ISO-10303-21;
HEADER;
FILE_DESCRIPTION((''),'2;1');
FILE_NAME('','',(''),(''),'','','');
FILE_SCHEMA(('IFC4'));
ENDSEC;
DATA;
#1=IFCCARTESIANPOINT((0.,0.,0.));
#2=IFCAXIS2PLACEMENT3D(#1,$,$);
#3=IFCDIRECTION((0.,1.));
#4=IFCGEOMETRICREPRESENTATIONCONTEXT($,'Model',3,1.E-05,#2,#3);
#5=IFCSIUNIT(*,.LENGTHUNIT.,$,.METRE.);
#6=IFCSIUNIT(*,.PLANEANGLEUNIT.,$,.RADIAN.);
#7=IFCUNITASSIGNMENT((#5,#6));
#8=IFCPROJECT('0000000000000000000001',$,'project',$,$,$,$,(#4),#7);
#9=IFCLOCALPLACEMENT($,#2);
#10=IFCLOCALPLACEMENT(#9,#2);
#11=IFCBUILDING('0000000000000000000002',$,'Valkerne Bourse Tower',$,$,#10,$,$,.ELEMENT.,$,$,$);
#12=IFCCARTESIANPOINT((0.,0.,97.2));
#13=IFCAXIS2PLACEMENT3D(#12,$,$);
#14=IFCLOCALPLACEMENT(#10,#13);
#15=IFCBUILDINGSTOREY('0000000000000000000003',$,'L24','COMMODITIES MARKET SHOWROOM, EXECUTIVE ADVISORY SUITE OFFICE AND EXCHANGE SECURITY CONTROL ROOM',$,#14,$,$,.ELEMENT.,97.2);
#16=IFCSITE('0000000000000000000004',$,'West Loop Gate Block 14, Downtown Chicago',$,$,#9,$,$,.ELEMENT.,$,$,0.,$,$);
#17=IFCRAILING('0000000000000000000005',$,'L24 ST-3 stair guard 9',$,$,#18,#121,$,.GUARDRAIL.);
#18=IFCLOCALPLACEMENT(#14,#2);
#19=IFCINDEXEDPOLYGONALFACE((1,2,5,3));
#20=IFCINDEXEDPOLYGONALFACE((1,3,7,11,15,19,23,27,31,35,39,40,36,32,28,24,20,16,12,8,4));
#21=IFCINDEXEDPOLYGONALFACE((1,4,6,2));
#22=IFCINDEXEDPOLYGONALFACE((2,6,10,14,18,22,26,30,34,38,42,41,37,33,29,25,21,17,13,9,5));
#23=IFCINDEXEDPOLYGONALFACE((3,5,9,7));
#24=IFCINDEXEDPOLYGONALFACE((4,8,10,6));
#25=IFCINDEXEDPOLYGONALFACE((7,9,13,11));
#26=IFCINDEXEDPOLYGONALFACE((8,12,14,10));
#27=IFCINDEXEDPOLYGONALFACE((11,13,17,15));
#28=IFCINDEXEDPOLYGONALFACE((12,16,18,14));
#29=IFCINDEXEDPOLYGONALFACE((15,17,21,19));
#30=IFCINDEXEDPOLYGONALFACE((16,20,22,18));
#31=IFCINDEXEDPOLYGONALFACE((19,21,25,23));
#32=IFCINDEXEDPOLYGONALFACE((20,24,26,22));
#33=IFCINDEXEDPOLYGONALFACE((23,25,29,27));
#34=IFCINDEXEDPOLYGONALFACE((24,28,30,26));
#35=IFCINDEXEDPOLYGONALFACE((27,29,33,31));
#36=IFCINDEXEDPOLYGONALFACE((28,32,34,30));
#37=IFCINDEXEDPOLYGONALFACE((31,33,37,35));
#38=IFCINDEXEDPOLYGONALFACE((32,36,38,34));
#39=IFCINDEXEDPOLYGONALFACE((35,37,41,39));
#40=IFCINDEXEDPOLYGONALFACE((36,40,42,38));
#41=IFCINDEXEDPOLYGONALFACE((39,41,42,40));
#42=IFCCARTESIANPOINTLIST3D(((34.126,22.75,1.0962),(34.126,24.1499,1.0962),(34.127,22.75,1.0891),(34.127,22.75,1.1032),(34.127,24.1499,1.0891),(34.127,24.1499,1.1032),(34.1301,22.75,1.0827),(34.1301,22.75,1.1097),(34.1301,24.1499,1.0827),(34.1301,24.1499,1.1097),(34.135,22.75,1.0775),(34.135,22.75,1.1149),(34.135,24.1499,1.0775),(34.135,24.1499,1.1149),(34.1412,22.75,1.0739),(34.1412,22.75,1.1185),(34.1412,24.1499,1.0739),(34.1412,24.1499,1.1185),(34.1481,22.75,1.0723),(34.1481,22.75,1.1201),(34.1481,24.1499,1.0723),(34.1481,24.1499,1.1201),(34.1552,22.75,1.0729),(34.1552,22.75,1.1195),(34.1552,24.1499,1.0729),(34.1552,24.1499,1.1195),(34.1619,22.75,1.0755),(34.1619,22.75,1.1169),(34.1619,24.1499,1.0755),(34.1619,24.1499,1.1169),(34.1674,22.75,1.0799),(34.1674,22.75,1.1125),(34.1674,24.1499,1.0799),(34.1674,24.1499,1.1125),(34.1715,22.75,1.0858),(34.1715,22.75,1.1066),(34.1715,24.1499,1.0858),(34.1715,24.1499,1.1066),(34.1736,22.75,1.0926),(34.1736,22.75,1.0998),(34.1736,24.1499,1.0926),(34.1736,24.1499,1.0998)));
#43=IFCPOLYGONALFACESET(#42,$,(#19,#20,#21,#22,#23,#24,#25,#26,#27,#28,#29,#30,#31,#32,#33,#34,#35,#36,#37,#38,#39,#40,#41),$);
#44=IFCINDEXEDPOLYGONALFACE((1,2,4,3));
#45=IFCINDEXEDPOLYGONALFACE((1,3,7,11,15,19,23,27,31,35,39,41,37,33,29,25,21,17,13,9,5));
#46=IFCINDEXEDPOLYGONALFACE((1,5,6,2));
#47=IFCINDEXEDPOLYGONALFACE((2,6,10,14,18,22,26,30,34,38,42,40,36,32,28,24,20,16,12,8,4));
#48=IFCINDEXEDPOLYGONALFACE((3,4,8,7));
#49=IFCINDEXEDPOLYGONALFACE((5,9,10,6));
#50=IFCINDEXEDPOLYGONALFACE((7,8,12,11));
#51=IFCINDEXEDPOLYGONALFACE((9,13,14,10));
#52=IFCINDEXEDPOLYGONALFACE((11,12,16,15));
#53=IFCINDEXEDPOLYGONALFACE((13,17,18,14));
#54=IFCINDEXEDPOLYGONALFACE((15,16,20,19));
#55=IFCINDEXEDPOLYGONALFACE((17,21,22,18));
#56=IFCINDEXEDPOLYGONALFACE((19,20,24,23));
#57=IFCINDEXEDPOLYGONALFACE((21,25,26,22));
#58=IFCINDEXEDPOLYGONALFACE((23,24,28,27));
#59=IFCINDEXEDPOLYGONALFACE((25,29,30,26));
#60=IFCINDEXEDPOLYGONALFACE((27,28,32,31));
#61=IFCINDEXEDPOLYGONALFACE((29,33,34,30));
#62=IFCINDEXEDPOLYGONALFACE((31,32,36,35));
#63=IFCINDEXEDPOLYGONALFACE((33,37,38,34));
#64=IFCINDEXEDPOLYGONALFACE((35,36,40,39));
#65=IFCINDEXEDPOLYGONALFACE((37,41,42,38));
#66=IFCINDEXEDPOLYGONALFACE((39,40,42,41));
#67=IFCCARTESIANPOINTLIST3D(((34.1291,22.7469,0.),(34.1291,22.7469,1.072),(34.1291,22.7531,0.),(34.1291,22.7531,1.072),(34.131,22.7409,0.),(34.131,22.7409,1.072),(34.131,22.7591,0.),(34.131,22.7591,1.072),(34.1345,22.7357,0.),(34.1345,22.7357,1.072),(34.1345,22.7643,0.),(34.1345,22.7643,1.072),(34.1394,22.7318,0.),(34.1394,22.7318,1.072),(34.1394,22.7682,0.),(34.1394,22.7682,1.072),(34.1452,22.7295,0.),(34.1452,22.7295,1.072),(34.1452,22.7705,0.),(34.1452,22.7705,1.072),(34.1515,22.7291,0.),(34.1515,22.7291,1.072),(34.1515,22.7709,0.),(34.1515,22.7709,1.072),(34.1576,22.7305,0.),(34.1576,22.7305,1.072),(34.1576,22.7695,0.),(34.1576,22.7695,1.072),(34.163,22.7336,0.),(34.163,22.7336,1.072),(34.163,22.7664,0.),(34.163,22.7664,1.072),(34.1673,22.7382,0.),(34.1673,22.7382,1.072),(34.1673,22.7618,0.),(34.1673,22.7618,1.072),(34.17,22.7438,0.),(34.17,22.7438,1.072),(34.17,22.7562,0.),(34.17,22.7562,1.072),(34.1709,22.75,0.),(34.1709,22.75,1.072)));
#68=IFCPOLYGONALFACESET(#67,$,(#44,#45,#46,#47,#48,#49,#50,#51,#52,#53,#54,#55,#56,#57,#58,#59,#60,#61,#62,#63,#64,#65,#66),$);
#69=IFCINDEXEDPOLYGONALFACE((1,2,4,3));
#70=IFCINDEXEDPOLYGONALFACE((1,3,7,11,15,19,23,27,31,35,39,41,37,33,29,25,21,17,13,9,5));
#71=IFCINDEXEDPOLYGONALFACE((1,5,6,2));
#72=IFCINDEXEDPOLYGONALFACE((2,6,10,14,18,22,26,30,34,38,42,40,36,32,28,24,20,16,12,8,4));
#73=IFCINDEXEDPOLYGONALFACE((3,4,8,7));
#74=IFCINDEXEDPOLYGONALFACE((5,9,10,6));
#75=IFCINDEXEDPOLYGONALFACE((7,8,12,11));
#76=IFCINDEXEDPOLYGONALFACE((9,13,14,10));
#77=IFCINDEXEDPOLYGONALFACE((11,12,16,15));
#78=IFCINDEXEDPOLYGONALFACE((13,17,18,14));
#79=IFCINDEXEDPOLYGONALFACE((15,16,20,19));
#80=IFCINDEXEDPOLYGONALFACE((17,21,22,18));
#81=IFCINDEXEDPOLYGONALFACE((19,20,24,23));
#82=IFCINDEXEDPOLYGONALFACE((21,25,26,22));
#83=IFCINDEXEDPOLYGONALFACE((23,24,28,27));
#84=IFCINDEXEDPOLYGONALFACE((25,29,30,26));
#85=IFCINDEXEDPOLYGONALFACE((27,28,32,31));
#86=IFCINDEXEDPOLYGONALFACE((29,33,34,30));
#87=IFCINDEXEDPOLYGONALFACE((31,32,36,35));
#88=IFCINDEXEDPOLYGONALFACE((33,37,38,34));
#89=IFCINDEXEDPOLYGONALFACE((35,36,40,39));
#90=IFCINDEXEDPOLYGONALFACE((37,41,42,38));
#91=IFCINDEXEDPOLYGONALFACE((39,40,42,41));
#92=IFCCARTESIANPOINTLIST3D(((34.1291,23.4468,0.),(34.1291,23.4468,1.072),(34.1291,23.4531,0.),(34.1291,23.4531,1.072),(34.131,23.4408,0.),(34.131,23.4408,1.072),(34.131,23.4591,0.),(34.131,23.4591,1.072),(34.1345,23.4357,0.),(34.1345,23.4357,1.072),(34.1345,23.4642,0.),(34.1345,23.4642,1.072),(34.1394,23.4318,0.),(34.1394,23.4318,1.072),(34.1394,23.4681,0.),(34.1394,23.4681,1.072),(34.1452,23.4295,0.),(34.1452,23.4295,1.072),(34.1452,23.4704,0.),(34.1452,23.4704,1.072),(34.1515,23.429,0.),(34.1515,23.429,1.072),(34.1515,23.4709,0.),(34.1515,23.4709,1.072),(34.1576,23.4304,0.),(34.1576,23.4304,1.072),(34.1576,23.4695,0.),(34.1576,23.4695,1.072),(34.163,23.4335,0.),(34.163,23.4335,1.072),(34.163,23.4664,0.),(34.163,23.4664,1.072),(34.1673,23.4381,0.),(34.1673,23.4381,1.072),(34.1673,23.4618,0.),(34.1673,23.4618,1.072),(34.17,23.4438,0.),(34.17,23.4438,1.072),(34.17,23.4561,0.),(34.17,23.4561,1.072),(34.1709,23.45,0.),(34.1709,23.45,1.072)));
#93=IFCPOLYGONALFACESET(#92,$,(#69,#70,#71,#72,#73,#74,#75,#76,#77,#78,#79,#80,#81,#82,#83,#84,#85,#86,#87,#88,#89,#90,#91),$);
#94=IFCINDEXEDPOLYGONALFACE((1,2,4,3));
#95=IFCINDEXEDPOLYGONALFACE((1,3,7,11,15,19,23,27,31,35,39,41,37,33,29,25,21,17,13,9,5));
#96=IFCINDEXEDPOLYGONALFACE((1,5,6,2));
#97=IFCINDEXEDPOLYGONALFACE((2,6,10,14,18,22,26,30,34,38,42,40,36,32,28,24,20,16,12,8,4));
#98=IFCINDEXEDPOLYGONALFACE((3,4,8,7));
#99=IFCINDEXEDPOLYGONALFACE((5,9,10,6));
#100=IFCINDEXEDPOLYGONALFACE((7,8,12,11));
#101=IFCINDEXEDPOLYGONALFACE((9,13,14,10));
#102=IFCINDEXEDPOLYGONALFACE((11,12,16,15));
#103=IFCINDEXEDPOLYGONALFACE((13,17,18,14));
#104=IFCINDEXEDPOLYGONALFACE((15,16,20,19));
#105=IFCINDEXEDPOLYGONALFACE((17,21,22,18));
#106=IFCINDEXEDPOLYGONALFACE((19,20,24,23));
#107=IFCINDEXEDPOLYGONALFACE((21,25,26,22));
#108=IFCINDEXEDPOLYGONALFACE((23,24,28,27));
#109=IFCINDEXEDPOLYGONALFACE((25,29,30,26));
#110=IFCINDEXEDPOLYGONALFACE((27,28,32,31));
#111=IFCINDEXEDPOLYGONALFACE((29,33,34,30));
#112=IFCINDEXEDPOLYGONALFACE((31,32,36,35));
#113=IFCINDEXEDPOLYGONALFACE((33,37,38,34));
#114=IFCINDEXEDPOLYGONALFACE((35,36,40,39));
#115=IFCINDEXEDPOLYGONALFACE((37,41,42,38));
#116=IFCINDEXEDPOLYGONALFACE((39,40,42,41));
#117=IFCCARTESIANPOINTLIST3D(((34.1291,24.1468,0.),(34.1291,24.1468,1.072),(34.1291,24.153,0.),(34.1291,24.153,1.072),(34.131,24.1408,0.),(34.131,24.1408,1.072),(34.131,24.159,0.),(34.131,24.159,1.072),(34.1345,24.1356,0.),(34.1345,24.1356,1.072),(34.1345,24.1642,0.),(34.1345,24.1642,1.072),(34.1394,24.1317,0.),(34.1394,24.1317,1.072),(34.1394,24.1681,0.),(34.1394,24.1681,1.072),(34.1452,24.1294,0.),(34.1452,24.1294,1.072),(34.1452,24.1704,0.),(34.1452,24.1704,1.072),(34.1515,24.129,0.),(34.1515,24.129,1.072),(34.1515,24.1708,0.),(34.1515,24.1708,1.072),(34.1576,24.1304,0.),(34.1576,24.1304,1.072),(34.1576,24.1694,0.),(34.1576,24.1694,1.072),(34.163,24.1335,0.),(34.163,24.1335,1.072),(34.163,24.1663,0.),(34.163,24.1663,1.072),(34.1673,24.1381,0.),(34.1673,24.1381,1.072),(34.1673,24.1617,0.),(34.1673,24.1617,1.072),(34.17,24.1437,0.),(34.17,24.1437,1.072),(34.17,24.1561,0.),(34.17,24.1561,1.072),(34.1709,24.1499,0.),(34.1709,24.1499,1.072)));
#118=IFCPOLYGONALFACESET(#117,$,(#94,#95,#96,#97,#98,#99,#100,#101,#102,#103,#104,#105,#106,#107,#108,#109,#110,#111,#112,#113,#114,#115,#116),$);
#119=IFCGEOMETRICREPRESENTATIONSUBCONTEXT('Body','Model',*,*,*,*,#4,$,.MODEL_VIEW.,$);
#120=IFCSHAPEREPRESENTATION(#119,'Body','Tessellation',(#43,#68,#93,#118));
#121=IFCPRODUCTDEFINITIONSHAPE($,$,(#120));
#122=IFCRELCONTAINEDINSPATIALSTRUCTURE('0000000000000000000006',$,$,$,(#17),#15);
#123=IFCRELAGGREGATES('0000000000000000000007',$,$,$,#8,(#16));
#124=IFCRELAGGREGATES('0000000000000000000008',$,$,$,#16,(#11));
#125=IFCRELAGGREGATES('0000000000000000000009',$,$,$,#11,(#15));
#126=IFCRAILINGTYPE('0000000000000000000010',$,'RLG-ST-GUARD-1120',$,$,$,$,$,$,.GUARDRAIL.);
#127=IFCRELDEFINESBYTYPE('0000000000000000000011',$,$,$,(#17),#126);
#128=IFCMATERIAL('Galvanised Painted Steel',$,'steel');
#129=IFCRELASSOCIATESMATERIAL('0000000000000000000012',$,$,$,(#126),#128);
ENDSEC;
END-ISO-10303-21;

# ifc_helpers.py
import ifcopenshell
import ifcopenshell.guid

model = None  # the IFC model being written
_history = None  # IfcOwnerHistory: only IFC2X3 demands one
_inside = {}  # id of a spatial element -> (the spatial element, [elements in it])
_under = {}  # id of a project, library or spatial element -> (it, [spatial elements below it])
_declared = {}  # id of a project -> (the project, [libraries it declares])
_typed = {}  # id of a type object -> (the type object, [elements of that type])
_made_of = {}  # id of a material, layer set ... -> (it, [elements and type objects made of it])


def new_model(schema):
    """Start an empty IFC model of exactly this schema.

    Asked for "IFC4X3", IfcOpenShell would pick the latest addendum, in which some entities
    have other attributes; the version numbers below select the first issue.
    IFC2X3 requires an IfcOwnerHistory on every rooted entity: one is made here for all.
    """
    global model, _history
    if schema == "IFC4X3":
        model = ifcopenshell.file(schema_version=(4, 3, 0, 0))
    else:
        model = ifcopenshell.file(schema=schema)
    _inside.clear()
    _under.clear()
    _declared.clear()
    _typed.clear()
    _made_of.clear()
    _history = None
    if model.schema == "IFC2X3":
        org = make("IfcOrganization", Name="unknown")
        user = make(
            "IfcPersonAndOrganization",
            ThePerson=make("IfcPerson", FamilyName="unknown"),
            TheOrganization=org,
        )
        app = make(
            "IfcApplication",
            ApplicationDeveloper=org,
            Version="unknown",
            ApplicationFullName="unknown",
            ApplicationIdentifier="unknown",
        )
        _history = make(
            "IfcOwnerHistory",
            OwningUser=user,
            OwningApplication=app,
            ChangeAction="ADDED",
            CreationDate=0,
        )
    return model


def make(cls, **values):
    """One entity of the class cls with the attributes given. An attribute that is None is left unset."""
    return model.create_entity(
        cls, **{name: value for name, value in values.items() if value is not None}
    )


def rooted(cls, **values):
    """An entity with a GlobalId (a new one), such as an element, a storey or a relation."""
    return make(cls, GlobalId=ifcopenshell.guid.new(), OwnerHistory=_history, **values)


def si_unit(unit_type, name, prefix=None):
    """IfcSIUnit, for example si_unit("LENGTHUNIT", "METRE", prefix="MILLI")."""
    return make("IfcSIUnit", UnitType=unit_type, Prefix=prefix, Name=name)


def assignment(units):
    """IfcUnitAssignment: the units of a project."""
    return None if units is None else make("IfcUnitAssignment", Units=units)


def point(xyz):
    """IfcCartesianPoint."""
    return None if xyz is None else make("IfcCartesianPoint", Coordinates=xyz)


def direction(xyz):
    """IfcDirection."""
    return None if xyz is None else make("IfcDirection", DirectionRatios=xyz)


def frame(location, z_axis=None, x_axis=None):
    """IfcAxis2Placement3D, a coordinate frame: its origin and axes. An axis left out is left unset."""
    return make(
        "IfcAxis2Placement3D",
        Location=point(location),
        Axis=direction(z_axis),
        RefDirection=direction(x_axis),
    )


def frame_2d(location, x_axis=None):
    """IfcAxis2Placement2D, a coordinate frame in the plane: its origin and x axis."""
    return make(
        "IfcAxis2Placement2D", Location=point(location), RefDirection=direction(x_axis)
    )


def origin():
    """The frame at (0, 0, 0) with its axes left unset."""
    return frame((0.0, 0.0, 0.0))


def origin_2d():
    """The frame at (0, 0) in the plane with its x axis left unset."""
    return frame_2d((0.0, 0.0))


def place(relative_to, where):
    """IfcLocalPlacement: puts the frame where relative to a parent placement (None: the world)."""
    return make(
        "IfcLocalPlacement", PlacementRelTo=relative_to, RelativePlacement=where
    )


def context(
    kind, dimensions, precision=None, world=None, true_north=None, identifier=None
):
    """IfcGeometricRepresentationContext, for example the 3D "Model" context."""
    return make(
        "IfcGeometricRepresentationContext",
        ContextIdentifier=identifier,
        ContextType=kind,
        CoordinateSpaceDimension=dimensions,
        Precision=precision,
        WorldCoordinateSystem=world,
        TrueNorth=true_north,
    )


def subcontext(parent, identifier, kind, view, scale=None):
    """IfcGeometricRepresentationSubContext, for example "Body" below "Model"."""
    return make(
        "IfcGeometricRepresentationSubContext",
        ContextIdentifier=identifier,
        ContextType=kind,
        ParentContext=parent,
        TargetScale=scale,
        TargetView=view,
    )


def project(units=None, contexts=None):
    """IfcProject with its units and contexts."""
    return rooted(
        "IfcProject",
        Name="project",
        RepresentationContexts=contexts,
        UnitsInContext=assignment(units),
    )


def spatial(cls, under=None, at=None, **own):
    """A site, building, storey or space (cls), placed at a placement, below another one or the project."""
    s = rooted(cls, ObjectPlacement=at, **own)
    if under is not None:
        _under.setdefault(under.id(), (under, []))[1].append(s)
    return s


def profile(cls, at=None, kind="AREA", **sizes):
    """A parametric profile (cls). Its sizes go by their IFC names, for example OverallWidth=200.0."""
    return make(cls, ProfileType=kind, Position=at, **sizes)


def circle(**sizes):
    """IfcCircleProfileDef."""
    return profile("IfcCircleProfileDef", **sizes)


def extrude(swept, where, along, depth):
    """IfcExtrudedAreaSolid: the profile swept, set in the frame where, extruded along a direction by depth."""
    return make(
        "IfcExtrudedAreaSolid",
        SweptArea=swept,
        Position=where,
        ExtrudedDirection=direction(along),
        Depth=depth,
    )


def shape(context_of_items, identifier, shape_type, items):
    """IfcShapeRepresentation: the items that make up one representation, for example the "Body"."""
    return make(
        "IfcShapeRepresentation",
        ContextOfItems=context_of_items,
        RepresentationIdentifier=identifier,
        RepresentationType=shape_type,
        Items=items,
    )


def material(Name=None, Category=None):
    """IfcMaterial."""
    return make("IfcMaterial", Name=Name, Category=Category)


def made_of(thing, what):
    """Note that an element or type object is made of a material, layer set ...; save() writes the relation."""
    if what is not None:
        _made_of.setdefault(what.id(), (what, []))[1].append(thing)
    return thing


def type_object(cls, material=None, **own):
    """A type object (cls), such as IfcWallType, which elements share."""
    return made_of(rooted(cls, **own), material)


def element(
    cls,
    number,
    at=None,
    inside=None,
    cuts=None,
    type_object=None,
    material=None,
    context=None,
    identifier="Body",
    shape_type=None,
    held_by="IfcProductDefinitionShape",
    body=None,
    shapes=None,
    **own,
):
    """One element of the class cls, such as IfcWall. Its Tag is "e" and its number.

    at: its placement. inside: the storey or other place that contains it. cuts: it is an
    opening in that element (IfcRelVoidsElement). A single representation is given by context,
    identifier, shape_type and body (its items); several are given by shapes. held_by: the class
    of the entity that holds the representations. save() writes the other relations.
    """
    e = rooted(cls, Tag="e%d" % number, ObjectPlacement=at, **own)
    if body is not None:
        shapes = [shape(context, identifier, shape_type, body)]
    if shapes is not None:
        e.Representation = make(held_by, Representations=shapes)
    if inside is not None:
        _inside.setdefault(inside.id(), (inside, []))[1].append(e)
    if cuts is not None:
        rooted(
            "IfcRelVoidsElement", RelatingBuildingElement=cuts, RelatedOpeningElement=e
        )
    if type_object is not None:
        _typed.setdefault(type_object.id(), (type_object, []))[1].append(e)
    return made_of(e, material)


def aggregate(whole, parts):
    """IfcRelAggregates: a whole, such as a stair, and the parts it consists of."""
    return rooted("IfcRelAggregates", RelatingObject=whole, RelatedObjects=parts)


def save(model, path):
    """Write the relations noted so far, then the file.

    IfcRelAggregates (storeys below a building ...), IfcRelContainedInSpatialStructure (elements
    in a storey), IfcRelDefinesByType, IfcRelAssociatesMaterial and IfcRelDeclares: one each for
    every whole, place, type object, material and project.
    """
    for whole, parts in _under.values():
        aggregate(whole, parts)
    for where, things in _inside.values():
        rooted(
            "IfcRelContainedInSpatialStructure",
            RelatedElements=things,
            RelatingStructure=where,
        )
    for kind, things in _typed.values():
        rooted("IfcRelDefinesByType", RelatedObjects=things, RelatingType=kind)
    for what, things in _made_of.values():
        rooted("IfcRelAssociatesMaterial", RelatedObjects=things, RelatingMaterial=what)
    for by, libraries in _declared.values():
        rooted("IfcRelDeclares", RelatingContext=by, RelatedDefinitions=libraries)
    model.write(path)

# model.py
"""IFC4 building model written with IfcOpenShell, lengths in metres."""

from ifc_helpers import new_model, si_unit, direction, frame, origin, origin_2d, place, context, subcontext, project, spatial, circle, extrude, material, type_object, element, save


model = new_model("IFC4")

# Units and contexts
model_context = context("Model", 3, precision=1e-05, world=origin(), true_north=direction((0.0, 1.0)))
body_context = subcontext(model_context, "Body", "Model", "MODEL_VIEW")
ifc_project = project(units=[si_unit("LENGTHUNIT", "METRE"), si_unit("PLANEANGLEUNIT", "RADIAN")], contexts=[model_context])

# Site, building, storey
site_placement = place(None, origin())
site = spatial("IfcSite", under=ifc_project, at=site_placement, Name="West Loop Gate Block 14, Downtown Chicago", CompositionType="ELEMENT", RefElevation=0.0)
building_placement = place(site_placement, origin())
building = spatial("IfcBuilding", under=site, at=building_placement, Name="Valkerne Bourse Tower", CompositionType="ELEMENT")
storey_placement = place(building_placement, frame((0.0, 0.0, 97.2)))
storey = spatial("IfcBuildingStorey", under=building, at=storey_placement, Name="L24", Description="COMMODITIES MARKET SHOWROOM, EXECUTIVE ADVISORY SUITE OFFICE AND EXCHANGE SECURITY CONTROL ROOM", CompositionType="ELEMENT", Elevation=97.2)

# Shared definitions
ifc_material_1 = material(Name="Galvanised Painted Steel", Category="steel")

# Railing
railing_type_1 = type_object("IfcRailingType", Name="RLG-ST-GUARD-1120", PredefinedType="GUARDRAIL", material=ifc_material_1)
for number, where, name in (
    (1, (34.1499, 22.75, 0.0), "L24 ST-3 stair guard 9"),
):
    element("IfcRailing", number, at=place(storey_placement, frame(where)), inside=storey, type_object=railing_type_1, Name=name, PredefinedType="GUARDRAIL", context=body_context, shape_type="SweptSolid", body=[
        extrude(circle(Radius=0.0239, at=origin_2d()), frame((0.0, 0.0, 1.0962), z_axis=(0.0, 1.0, 0.0), x_axis=(-1.0, 0.0, 0.0)), (0.0, 0.0, 1.0), 1.3999),
        extrude(circle(Radius=0.021, at=origin_2d()), origin(), (0.0, 0.0, 1.0), 1.072),
        extrude(circle(Radius=0.021, at=origin_2d()), frame((0.0, 0.7, 0.0)), (0.0, 0.0, 1.0), 1.072),
        extrude(circle(Radius=0.021, at=origin_2d()), frame((0.0, 1.3999, 0.0)), (0.0, 0.0, 1.0), 1.072),
    ])

save(model, "model.ifc")
